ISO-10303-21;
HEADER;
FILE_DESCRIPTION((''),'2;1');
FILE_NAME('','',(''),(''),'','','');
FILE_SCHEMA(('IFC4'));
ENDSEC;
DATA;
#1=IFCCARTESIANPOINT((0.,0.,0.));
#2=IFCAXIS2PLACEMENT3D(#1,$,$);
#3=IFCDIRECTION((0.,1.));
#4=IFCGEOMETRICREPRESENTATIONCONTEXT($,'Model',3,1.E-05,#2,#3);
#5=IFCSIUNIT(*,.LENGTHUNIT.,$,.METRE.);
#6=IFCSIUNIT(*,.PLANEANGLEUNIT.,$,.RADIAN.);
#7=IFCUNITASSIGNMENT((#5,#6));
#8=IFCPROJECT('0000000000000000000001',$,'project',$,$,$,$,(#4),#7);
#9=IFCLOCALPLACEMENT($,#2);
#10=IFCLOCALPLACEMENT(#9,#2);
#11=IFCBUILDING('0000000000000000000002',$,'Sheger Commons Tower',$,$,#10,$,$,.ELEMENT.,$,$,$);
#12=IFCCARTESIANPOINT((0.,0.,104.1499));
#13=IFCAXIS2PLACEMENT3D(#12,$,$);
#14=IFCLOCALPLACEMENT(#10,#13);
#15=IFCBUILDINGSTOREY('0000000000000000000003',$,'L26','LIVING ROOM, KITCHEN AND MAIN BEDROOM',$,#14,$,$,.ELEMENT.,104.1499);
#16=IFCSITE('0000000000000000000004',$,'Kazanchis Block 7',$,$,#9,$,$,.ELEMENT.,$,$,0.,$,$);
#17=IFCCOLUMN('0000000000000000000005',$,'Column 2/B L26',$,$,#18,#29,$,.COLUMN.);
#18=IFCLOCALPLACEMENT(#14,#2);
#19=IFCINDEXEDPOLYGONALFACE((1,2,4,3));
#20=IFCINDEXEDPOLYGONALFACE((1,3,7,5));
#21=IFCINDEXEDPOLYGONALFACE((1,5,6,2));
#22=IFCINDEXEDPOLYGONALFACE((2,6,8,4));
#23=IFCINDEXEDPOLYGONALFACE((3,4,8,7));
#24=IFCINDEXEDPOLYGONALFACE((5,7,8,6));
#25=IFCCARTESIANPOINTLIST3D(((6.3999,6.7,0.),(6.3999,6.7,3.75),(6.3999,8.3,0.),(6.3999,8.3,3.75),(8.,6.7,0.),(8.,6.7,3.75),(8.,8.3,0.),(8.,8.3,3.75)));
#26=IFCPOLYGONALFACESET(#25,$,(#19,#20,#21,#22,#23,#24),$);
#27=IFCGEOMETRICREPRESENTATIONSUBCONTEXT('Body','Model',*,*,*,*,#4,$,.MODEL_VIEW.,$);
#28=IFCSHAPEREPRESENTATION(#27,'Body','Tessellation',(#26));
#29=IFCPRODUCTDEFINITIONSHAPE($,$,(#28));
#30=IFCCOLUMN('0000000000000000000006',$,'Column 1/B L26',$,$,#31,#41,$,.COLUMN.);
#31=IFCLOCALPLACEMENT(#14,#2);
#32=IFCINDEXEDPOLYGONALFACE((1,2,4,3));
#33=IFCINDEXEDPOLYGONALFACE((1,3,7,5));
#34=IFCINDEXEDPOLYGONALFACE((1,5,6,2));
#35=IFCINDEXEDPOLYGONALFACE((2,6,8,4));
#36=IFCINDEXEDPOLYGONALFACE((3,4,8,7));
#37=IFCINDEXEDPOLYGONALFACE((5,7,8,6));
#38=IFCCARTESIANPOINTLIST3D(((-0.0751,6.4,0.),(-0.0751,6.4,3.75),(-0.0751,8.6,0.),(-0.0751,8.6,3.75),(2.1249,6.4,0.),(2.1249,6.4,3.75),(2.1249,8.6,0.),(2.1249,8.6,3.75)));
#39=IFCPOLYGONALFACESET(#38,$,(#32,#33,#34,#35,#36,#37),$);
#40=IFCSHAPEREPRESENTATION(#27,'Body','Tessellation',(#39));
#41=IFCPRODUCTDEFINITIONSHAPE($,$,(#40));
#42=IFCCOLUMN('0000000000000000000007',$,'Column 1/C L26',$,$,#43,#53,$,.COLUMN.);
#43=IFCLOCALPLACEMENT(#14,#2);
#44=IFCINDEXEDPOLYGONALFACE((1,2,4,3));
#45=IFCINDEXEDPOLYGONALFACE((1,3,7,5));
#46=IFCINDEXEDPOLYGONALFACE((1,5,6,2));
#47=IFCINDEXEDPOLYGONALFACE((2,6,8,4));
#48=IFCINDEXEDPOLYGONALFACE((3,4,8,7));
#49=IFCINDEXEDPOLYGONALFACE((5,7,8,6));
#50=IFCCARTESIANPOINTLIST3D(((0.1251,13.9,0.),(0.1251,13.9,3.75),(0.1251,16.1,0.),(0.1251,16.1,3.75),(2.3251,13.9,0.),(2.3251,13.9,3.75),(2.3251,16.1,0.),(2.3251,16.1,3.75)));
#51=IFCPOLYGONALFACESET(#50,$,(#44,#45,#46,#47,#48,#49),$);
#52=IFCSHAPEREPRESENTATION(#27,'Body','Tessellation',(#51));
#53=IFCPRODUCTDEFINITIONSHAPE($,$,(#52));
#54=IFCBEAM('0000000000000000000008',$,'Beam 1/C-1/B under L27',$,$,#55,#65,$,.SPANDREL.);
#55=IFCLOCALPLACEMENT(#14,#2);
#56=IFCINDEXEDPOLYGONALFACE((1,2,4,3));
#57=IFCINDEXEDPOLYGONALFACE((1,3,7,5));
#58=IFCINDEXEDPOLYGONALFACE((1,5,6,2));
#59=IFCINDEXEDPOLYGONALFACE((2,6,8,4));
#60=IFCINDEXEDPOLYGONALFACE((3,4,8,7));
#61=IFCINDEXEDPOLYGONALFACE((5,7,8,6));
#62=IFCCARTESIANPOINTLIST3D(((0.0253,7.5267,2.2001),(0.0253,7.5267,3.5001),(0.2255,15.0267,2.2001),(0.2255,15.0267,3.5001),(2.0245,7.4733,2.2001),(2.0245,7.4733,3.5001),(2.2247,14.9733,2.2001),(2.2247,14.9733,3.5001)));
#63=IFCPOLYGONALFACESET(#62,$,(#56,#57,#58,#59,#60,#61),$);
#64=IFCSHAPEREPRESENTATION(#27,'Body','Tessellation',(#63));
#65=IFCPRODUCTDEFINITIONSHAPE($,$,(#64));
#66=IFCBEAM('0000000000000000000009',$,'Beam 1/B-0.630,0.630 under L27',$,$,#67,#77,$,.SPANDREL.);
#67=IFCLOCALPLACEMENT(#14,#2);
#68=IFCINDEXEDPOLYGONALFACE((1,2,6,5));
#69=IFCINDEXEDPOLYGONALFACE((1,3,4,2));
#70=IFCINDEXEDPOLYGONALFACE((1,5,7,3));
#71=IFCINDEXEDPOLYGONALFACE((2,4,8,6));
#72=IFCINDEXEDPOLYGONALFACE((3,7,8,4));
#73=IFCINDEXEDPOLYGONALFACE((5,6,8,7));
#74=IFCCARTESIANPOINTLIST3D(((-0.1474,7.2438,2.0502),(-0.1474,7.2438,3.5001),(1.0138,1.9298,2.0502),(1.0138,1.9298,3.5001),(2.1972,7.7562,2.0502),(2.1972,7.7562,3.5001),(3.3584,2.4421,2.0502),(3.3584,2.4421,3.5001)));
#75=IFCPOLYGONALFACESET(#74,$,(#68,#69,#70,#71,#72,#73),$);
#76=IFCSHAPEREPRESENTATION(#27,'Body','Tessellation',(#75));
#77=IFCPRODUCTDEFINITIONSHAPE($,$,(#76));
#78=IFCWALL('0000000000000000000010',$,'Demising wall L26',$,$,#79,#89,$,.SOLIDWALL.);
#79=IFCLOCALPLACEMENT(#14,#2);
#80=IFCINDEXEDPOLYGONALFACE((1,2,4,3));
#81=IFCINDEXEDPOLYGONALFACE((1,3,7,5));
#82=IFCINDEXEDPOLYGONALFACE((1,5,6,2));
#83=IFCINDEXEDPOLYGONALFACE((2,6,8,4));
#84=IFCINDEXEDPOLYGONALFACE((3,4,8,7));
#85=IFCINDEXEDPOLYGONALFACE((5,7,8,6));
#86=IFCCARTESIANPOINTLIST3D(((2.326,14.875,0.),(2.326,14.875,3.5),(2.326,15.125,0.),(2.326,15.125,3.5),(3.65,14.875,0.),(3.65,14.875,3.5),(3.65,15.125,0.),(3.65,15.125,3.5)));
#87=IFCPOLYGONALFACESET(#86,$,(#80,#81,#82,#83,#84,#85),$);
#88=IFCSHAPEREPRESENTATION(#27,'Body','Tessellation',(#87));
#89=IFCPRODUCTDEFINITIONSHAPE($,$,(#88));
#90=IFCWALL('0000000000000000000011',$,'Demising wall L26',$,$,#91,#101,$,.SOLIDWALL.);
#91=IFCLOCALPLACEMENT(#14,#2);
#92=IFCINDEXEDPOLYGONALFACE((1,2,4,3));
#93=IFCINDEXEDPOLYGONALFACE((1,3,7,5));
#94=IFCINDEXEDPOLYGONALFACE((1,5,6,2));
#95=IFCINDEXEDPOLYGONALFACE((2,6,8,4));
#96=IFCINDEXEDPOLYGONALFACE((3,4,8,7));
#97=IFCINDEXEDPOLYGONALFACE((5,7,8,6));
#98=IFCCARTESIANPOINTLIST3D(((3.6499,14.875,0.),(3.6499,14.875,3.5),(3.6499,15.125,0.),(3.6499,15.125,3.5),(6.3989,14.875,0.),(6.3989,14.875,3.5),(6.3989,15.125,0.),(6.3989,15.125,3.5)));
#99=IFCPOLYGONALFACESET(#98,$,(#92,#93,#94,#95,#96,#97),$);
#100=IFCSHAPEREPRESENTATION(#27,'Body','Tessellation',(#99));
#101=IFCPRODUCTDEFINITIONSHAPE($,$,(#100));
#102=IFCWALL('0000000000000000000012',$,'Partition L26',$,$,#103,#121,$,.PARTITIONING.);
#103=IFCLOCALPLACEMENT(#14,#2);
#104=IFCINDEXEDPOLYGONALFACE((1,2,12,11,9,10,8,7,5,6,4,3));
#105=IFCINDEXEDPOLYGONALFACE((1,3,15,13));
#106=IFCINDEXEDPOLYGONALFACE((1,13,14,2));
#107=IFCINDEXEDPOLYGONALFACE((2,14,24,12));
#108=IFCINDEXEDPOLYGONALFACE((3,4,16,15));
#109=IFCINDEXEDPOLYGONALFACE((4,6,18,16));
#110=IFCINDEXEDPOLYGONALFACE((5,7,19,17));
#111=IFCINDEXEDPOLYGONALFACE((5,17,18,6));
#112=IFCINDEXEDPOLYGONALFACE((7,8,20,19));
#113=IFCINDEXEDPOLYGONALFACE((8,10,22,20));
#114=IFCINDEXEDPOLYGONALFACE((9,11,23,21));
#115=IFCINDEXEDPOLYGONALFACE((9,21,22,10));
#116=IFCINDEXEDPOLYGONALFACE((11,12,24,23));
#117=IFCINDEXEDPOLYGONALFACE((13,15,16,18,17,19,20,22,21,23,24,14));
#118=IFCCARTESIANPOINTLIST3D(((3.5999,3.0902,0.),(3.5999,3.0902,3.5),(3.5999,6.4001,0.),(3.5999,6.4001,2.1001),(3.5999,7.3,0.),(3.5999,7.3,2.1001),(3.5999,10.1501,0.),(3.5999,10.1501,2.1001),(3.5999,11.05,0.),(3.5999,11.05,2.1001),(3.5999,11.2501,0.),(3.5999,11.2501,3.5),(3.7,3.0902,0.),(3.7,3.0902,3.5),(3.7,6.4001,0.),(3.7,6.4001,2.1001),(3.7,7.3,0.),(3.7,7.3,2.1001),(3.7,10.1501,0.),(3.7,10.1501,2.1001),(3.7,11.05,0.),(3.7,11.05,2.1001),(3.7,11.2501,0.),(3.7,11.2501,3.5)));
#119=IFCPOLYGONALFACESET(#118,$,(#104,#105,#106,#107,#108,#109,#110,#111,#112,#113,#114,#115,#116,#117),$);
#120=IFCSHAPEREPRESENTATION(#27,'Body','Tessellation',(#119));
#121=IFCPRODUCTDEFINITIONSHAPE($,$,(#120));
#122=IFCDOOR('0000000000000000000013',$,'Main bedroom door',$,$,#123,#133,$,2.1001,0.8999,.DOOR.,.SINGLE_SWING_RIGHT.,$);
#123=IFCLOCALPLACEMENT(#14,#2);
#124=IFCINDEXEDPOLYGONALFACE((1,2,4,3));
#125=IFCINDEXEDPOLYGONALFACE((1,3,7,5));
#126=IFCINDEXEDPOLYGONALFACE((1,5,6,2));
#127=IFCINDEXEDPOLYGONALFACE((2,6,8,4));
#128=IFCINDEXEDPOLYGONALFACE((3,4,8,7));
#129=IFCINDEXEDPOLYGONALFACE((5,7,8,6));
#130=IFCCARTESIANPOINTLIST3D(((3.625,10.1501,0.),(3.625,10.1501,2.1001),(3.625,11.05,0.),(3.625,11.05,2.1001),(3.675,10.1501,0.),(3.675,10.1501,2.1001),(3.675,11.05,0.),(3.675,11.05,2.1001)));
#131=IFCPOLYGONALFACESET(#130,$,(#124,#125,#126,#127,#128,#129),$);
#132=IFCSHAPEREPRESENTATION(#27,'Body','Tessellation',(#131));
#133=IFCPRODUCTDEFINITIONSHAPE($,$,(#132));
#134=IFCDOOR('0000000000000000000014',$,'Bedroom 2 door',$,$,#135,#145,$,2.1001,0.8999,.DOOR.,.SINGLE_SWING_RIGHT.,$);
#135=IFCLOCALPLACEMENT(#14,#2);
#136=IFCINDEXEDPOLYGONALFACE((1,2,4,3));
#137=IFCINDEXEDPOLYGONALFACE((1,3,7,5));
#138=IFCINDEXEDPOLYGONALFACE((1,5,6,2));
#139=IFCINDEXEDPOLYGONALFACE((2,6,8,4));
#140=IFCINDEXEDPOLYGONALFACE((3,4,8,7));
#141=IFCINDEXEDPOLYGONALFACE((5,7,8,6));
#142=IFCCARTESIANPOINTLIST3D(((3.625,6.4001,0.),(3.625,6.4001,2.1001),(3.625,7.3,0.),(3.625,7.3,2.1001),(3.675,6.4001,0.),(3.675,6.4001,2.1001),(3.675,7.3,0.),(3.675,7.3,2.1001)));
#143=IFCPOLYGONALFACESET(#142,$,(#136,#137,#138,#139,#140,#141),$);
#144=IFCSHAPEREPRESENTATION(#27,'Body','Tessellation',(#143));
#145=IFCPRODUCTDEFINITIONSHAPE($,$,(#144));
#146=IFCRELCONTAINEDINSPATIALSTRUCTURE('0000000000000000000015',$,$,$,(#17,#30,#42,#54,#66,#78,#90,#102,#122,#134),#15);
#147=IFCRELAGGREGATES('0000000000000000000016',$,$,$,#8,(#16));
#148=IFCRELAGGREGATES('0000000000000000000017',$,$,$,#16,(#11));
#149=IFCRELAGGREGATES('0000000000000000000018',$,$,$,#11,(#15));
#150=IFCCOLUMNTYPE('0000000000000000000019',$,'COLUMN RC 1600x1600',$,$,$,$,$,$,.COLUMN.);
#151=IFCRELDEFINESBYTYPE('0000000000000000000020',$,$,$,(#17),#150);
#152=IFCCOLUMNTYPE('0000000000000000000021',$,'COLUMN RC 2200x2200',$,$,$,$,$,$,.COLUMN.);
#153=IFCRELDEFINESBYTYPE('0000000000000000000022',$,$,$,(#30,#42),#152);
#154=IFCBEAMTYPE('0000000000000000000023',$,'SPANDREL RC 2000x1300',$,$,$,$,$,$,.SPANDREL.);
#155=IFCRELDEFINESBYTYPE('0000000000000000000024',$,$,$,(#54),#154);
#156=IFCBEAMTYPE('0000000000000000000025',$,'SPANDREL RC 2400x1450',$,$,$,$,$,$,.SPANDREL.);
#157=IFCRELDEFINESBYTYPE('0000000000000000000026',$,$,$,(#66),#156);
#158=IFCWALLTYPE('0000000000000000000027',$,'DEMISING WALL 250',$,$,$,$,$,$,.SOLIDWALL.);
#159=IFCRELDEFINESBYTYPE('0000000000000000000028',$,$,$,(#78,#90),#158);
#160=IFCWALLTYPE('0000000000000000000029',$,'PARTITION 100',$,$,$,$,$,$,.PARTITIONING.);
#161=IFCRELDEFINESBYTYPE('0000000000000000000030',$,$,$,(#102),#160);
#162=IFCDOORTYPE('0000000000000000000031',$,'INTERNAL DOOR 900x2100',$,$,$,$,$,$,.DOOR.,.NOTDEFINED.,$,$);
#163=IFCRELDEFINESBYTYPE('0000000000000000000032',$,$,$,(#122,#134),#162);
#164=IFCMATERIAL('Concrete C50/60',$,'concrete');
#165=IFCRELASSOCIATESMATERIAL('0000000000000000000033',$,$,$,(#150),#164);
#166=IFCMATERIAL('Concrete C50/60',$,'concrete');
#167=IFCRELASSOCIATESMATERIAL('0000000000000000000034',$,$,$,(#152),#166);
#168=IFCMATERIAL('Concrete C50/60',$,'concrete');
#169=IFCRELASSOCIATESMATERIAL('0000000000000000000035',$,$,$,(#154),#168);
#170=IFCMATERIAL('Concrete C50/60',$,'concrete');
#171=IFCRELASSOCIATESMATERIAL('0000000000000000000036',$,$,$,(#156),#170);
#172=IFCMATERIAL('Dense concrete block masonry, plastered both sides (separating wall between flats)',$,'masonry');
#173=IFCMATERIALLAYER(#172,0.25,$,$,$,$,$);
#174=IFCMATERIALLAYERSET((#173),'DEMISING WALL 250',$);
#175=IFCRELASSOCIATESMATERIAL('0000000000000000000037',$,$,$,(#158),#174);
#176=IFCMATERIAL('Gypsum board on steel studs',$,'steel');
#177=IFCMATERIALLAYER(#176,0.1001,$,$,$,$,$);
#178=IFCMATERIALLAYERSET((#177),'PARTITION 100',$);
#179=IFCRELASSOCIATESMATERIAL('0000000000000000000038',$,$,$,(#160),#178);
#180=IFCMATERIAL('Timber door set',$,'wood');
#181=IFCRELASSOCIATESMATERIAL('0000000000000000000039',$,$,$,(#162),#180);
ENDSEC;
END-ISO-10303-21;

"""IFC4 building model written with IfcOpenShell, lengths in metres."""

from ifc_helpers import new_model, si_unit, direction, frame, frame_2d, origin, origin_2d, place, context, subcontext, project, spatial, rectangle, extrude, material, layer, layer_set, material_profile, profile_set, type_object, element, fill, save


model = new_model("IFC4")

# Units and contexts
model_context = context("Model", 3, precision=1e-05, world=origin(), true_north=direction((0.0, 1.0)))
body_context = subcontext(model_context, "Body", "Model", "MODEL_VIEW")
ifc_project = project(units=[si_unit("LENGTHUNIT", "METRE"), si_unit("PLANEANGLEUNIT", "RADIAN")], contexts=[model_context])

# Site, building, storey
site_placement = place(None, origin())
site = spatial("IfcSite", under=ifc_project, at=site_placement, Name="Kazanchis Block 7", CompositionType="ELEMENT", RefElevation=0.0)
building_placement = place(site_placement, origin())
building = spatial("IfcBuilding", under=site, at=building_placement, Name="Sheger Commons Tower", CompositionType="ELEMENT")
storey_placement = place(building_placement, frame((0.0, 0.0, 104.1499)))
storey = spatial("IfcBuildingStorey", under=building, at=storey_placement, Name="L26", Description="LIVING ROOM, KITCHEN AND MAIN BEDROOM", CompositionType="ELEMENT", Elevation=104.1499)

# Columns
ifc_material_1 = material(Name="Concrete C50/60", Category="concrete")
ifc_material_profile_1 = material_profile(ifc_material_1, rectangle(XDim=1.6001, YDim=1.6001, at=origin_2d()), Name="RC 1600x1600")
ifc_profile_set_1 = profile_set([ifc_material_profile_1], Name="Concrete C50/60")
column_type_1 = type_object("IfcColumnType", Name="COLUMN RC 1600x1600", PredefinedType="COLUMN", material=ifc_profile_set_1)
column_placement = place(storey_placement, frame((7.2, 7.5, 0.0), z_axis=(0.0, 0.0, 1.0), x_axis=(1.0, 0.0, 0.0)))
element("IfcColumn", 1, at=column_placement, inside=storey, type_object=column_type_1, Name="Column 2/B L26", PredefinedType="COLUMN", context=body_context, shape_type="SweptSolid", body=[
    extrude(rectangle(XDim=1.6001, YDim=1.6001, at=origin_2d()), origin(), (0.0, 0.0, 1.0), 3.75),
])
ifc_material_2 = material(Name="Concrete C50/60", Category="concrete")
ifc_material_profile_2 = material_profile(ifc_material_2, rectangle(XDim=2.2, YDim=2.2, at=origin_2d()), Name="RC 2200x2200")
ifc_profile_set_2 = profile_set([ifc_material_profile_2], Name="Concrete C50/60")
column_type_2 = type_object("IfcColumnType", Name="COLUMN RC 2200x2200", PredefinedType="COLUMN", material=ifc_profile_set_2)
for number, where, z_axis, x_axis, name in (
    (2, (1.0249, 7.5, 0.0), (0.0, 0.0, 1.0), (1.0, 0.0, 0.0), "Column 1/B L26"),
    (3, (1.2251, 15.0, 0.0), (0.0, 0.0, 1.0), (1.0, 0.0, 0.0), "Column 1/C L26"),
):
    element("IfcColumn", number, at=place(storey_placement, frame(where, z_axis=z_axis, x_axis=x_axis)), inside=storey, type_object=column_type_2, Name=name, PredefinedType="COLUMN", context=body_context, shape_type="SweptSolid", body=[
        extrude(rectangle(XDim=2.2, YDim=2.2, at=origin_2d()), origin(), (0.0, 0.0, 1.0), 3.75),
    ])

# Beams
ifc_material_3 = material(Name="Concrete C50/60", Category="concrete")
ifc_material_profile_3 = material_profile(ifc_material_3, rectangle(XDim=2.0, YDim=1.3, at=origin_2d()), Name="RC 2000x1300")
ifc_profile_set_3 = profile_set([ifc_material_profile_3], Name="Concrete C50/60")
beam_type_1 = type_object("IfcBeamType", Name="SPANDREL RC 2000x1300", PredefinedType="SPANDREL", material=ifc_profile_set_3)
beam_1_placement = place(storey_placement, frame((1.2251, 15.0, 2.8501), z_axis=(-0.026683, -0.999644, 0.0), x_axis=(0.999644, -0.026683, 0.0)))
element("IfcBeam", 4, at=beam_1_placement, inside=storey, type_object=beam_type_1, Name="Beam 1/C-1/B under L27", PredefinedType="SPANDREL", context=body_context, shape_type="SweptSolid", body=[
    extrude(rectangle(XDim=2.0, YDim=1.3, at=origin_2d()), origin(), (0.0, 0.0, 1.0), 7.5027),
])
ifc_material_4 = material(Name="Concrete C50/60", Category="concrete")
ifc_material_profile_4 = material_profile(ifc_material_4, rectangle(XDim=2.3999, YDim=1.45, at=origin_2d()), Name="RC 2400x1450")
ifc_profile_set_4 = profile_set([ifc_material_profile_4], Name="Concrete C50/60")
beam_type_2 = type_object("IfcBeamType", Name="SPANDREL RC 2400x1450", PredefinedType="SPANDREL", material=ifc_profile_set_4)
beam_2_placement = place(storey_placement, frame((1.0249, 7.5, 2.7751), z_axis=(0.213469, -0.97695, 0.0), x_axis=(0.97695, 0.213469, 0.0)))
element("IfcBeam", 5, at=beam_2_placement, inside=storey, type_object=beam_type_2, Name="Beam 1/B-0.630,0.630 under L27", PredefinedType="SPANDREL", context=body_context, shape_type="SweptSolid", body=[
    extrude(rectangle(XDim=2.3999, YDim=1.45, at=origin_2d()), origin(), (0.0, 0.0, 1.0), 5.4395),
])

# Walls
ifc_material_5 = material(Name="Dense concrete block masonry, plastered both sides (separating wall between flats)", Category="masonry")
ifc_layer_1 = layer(ifc_material_5, 0.25)
ifc_layer_set_1 = layer_set([ifc_layer_1], Name="DEMISING WALL 250")
wall_type_1 = type_object("IfcWallType", Name="DEMISING WALL 250", PredefinedType="SOLIDWALL", material=ifc_layer_set_1)
wall_1_placement = place(storey_placement, frame((2.3259, 15.0, 0.0), z_axis=(0.0, 0.0, 1.0), x_axis=(1.0, 0.0, 0.0)))
element("IfcWall", 6, at=wall_1_placement, inside=storey, type_object=wall_type_1, Name="Demising wall L26", PredefinedType="SOLIDWALL", context=body_context, shape_type="SweptSolid", body=[
    extrude(rectangle(XDim=1.324, YDim=0.25, at=frame_2d((0.6621, 0.0))), origin(), (0.0, 0.0, 1.0), 3.5),
])
wall_2_placement = place(storey_placement, frame((3.6499, 15.0, 0.0), z_axis=(0.0, 0.0, 1.0), x_axis=(1.0, 0.0, 0.0)))
element("IfcWall", 7, at=wall_2_placement, inside=storey, type_object=wall_type_1, Name="Demising wall L26", PredefinedType="SOLIDWALL", context=body_context, shape_type="SweptSolid", body=[
    extrude(rectangle(XDim=2.749, YDim=0.25, at=frame_2d((1.3745, 0.0))), origin(), (0.0, 0.0, 1.0), 3.5),
])

# Wall, openings, doors
ifc_material_6 = material(Name="Gypsum board on steel studs", Category="steel")
ifc_layer_2 = layer(ifc_material_6, 0.1001)
ifc_layer_set_2 = layer_set([ifc_layer_2], Name="PARTITION 100")
wall_type_2 = type_object("IfcWallType", Name="PARTITION 100", PredefinedType="PARTITIONING", material=ifc_layer_set_2)
wall_3_placement = place(storey_placement, frame((3.6499, 3.0901, 0.0), z_axis=(0.0, 0.0, 1.0), x_axis=(0.0, 1.0, 0.0)))
wall_3 = element("IfcWall", 8, at=wall_3_placement, inside=storey, type_object=wall_type_2, Name="Partition L26", PredefinedType="PARTITIONING", context=body_context, shape_type="SweptSolid", body=[
    extrude(rectangle(XDim=8.1599, YDim=0.1001, at=frame_2d((4.0801, 0.0))), origin(), (0.0, 0.0, 1.0), 3.5),
])
opening_1_placement = place(wall_3_placement, frame((7.0601, 0.0, 0.0)))
opening_1 = element("IfcOpeningElement", 9, at=opening_1_placement, cuts=wall_3, PredefinedType="OPENING", context=body_context, shape_type="SweptSolid", body=[
    extrude(rectangle(XDim=0.8999, YDim=2.1001, at=frame_2d((0.45, 1.05))), frame((0.0, 0.0601, 0.0), z_axis=(0.0, -1.0, 0.0), x_axis=(1.0, 0.0, 0.0)), (0.0, 0.0, 1.0), 0.1201),
])
opening_2_placement = place(wall_3_placement, frame((3.3101, 0.0, 0.0)))
opening_2 = element("IfcOpeningElement", 10, at=opening_2_placement, cuts=wall_3, PredefinedType="OPENING", context=body_context, shape_type="SweptSolid", body=[
    extrude(rectangle(XDim=0.8999, YDim=2.1001, at=frame_2d((0.45, 1.05))), frame((0.0, 0.0601, 0.0), z_axis=(0.0, -1.0, 0.0), x_axis=(1.0, 0.0, 0.0)), (0.0, 0.0, 1.0), 0.1201),
])
ifc_material_7 = material(Name="Timber door set", Category="wood")
door_type = type_object("IfcDoorType", Name="INTERNAL DOOR 900x2100", OperationType="NOTDEFINED", PredefinedType="DOOR", material=ifc_material_7)
door_1_placement = place(opening_1_placement, origin())
door_1 = element("IfcDoor", 11, at=door_1_placement, inside=storey, type_object=door_type, Name="Main bedroom door", OperationType="SINGLE_SWING_RIGHT", OverallHeight=2.1001, OverallWidth=0.8999, PredefinedType="DOOR", context=body_context, shape_type="SweptSolid", body=[
    extrude(rectangle(XDim=0.8999, YDim=2.1001, at=frame_2d((0.45, 1.05))), frame((0.0, 0.0249, 0.0), z_axis=(0.0, -1.0, 0.0), x_axis=(1.0, 0.0, 0.0)), (0.0, 0.0, 1.0), 0.05),
])
fill(opening_1, door_1)
door_2_placement = place(opening_2_placement, origin())
door_2 = element("IfcDoor", 12, at=door_2_placement, inside=storey, type_object=door_type, Name="Bedroom 2 door", OperationType="SINGLE_SWING_RIGHT", OverallHeight=2.1001, OverallWidth=0.8999, PredefinedType="DOOR", context=body_context, shape_type="SweptSolid", body=[
    extrude(rectangle(XDim=0.8999, YDim=2.1001, at=frame_2d((0.45, 1.05))), frame((0.0, 0.0249, 0.0), z_axis=(0.0, -1.0, 0.0), x_axis=(1.0, 0.0, 0.0)), (0.0, 0.0, 1.0), 0.05),
])
fill(opening_2, door_2)

save(model, "model.ifc")
